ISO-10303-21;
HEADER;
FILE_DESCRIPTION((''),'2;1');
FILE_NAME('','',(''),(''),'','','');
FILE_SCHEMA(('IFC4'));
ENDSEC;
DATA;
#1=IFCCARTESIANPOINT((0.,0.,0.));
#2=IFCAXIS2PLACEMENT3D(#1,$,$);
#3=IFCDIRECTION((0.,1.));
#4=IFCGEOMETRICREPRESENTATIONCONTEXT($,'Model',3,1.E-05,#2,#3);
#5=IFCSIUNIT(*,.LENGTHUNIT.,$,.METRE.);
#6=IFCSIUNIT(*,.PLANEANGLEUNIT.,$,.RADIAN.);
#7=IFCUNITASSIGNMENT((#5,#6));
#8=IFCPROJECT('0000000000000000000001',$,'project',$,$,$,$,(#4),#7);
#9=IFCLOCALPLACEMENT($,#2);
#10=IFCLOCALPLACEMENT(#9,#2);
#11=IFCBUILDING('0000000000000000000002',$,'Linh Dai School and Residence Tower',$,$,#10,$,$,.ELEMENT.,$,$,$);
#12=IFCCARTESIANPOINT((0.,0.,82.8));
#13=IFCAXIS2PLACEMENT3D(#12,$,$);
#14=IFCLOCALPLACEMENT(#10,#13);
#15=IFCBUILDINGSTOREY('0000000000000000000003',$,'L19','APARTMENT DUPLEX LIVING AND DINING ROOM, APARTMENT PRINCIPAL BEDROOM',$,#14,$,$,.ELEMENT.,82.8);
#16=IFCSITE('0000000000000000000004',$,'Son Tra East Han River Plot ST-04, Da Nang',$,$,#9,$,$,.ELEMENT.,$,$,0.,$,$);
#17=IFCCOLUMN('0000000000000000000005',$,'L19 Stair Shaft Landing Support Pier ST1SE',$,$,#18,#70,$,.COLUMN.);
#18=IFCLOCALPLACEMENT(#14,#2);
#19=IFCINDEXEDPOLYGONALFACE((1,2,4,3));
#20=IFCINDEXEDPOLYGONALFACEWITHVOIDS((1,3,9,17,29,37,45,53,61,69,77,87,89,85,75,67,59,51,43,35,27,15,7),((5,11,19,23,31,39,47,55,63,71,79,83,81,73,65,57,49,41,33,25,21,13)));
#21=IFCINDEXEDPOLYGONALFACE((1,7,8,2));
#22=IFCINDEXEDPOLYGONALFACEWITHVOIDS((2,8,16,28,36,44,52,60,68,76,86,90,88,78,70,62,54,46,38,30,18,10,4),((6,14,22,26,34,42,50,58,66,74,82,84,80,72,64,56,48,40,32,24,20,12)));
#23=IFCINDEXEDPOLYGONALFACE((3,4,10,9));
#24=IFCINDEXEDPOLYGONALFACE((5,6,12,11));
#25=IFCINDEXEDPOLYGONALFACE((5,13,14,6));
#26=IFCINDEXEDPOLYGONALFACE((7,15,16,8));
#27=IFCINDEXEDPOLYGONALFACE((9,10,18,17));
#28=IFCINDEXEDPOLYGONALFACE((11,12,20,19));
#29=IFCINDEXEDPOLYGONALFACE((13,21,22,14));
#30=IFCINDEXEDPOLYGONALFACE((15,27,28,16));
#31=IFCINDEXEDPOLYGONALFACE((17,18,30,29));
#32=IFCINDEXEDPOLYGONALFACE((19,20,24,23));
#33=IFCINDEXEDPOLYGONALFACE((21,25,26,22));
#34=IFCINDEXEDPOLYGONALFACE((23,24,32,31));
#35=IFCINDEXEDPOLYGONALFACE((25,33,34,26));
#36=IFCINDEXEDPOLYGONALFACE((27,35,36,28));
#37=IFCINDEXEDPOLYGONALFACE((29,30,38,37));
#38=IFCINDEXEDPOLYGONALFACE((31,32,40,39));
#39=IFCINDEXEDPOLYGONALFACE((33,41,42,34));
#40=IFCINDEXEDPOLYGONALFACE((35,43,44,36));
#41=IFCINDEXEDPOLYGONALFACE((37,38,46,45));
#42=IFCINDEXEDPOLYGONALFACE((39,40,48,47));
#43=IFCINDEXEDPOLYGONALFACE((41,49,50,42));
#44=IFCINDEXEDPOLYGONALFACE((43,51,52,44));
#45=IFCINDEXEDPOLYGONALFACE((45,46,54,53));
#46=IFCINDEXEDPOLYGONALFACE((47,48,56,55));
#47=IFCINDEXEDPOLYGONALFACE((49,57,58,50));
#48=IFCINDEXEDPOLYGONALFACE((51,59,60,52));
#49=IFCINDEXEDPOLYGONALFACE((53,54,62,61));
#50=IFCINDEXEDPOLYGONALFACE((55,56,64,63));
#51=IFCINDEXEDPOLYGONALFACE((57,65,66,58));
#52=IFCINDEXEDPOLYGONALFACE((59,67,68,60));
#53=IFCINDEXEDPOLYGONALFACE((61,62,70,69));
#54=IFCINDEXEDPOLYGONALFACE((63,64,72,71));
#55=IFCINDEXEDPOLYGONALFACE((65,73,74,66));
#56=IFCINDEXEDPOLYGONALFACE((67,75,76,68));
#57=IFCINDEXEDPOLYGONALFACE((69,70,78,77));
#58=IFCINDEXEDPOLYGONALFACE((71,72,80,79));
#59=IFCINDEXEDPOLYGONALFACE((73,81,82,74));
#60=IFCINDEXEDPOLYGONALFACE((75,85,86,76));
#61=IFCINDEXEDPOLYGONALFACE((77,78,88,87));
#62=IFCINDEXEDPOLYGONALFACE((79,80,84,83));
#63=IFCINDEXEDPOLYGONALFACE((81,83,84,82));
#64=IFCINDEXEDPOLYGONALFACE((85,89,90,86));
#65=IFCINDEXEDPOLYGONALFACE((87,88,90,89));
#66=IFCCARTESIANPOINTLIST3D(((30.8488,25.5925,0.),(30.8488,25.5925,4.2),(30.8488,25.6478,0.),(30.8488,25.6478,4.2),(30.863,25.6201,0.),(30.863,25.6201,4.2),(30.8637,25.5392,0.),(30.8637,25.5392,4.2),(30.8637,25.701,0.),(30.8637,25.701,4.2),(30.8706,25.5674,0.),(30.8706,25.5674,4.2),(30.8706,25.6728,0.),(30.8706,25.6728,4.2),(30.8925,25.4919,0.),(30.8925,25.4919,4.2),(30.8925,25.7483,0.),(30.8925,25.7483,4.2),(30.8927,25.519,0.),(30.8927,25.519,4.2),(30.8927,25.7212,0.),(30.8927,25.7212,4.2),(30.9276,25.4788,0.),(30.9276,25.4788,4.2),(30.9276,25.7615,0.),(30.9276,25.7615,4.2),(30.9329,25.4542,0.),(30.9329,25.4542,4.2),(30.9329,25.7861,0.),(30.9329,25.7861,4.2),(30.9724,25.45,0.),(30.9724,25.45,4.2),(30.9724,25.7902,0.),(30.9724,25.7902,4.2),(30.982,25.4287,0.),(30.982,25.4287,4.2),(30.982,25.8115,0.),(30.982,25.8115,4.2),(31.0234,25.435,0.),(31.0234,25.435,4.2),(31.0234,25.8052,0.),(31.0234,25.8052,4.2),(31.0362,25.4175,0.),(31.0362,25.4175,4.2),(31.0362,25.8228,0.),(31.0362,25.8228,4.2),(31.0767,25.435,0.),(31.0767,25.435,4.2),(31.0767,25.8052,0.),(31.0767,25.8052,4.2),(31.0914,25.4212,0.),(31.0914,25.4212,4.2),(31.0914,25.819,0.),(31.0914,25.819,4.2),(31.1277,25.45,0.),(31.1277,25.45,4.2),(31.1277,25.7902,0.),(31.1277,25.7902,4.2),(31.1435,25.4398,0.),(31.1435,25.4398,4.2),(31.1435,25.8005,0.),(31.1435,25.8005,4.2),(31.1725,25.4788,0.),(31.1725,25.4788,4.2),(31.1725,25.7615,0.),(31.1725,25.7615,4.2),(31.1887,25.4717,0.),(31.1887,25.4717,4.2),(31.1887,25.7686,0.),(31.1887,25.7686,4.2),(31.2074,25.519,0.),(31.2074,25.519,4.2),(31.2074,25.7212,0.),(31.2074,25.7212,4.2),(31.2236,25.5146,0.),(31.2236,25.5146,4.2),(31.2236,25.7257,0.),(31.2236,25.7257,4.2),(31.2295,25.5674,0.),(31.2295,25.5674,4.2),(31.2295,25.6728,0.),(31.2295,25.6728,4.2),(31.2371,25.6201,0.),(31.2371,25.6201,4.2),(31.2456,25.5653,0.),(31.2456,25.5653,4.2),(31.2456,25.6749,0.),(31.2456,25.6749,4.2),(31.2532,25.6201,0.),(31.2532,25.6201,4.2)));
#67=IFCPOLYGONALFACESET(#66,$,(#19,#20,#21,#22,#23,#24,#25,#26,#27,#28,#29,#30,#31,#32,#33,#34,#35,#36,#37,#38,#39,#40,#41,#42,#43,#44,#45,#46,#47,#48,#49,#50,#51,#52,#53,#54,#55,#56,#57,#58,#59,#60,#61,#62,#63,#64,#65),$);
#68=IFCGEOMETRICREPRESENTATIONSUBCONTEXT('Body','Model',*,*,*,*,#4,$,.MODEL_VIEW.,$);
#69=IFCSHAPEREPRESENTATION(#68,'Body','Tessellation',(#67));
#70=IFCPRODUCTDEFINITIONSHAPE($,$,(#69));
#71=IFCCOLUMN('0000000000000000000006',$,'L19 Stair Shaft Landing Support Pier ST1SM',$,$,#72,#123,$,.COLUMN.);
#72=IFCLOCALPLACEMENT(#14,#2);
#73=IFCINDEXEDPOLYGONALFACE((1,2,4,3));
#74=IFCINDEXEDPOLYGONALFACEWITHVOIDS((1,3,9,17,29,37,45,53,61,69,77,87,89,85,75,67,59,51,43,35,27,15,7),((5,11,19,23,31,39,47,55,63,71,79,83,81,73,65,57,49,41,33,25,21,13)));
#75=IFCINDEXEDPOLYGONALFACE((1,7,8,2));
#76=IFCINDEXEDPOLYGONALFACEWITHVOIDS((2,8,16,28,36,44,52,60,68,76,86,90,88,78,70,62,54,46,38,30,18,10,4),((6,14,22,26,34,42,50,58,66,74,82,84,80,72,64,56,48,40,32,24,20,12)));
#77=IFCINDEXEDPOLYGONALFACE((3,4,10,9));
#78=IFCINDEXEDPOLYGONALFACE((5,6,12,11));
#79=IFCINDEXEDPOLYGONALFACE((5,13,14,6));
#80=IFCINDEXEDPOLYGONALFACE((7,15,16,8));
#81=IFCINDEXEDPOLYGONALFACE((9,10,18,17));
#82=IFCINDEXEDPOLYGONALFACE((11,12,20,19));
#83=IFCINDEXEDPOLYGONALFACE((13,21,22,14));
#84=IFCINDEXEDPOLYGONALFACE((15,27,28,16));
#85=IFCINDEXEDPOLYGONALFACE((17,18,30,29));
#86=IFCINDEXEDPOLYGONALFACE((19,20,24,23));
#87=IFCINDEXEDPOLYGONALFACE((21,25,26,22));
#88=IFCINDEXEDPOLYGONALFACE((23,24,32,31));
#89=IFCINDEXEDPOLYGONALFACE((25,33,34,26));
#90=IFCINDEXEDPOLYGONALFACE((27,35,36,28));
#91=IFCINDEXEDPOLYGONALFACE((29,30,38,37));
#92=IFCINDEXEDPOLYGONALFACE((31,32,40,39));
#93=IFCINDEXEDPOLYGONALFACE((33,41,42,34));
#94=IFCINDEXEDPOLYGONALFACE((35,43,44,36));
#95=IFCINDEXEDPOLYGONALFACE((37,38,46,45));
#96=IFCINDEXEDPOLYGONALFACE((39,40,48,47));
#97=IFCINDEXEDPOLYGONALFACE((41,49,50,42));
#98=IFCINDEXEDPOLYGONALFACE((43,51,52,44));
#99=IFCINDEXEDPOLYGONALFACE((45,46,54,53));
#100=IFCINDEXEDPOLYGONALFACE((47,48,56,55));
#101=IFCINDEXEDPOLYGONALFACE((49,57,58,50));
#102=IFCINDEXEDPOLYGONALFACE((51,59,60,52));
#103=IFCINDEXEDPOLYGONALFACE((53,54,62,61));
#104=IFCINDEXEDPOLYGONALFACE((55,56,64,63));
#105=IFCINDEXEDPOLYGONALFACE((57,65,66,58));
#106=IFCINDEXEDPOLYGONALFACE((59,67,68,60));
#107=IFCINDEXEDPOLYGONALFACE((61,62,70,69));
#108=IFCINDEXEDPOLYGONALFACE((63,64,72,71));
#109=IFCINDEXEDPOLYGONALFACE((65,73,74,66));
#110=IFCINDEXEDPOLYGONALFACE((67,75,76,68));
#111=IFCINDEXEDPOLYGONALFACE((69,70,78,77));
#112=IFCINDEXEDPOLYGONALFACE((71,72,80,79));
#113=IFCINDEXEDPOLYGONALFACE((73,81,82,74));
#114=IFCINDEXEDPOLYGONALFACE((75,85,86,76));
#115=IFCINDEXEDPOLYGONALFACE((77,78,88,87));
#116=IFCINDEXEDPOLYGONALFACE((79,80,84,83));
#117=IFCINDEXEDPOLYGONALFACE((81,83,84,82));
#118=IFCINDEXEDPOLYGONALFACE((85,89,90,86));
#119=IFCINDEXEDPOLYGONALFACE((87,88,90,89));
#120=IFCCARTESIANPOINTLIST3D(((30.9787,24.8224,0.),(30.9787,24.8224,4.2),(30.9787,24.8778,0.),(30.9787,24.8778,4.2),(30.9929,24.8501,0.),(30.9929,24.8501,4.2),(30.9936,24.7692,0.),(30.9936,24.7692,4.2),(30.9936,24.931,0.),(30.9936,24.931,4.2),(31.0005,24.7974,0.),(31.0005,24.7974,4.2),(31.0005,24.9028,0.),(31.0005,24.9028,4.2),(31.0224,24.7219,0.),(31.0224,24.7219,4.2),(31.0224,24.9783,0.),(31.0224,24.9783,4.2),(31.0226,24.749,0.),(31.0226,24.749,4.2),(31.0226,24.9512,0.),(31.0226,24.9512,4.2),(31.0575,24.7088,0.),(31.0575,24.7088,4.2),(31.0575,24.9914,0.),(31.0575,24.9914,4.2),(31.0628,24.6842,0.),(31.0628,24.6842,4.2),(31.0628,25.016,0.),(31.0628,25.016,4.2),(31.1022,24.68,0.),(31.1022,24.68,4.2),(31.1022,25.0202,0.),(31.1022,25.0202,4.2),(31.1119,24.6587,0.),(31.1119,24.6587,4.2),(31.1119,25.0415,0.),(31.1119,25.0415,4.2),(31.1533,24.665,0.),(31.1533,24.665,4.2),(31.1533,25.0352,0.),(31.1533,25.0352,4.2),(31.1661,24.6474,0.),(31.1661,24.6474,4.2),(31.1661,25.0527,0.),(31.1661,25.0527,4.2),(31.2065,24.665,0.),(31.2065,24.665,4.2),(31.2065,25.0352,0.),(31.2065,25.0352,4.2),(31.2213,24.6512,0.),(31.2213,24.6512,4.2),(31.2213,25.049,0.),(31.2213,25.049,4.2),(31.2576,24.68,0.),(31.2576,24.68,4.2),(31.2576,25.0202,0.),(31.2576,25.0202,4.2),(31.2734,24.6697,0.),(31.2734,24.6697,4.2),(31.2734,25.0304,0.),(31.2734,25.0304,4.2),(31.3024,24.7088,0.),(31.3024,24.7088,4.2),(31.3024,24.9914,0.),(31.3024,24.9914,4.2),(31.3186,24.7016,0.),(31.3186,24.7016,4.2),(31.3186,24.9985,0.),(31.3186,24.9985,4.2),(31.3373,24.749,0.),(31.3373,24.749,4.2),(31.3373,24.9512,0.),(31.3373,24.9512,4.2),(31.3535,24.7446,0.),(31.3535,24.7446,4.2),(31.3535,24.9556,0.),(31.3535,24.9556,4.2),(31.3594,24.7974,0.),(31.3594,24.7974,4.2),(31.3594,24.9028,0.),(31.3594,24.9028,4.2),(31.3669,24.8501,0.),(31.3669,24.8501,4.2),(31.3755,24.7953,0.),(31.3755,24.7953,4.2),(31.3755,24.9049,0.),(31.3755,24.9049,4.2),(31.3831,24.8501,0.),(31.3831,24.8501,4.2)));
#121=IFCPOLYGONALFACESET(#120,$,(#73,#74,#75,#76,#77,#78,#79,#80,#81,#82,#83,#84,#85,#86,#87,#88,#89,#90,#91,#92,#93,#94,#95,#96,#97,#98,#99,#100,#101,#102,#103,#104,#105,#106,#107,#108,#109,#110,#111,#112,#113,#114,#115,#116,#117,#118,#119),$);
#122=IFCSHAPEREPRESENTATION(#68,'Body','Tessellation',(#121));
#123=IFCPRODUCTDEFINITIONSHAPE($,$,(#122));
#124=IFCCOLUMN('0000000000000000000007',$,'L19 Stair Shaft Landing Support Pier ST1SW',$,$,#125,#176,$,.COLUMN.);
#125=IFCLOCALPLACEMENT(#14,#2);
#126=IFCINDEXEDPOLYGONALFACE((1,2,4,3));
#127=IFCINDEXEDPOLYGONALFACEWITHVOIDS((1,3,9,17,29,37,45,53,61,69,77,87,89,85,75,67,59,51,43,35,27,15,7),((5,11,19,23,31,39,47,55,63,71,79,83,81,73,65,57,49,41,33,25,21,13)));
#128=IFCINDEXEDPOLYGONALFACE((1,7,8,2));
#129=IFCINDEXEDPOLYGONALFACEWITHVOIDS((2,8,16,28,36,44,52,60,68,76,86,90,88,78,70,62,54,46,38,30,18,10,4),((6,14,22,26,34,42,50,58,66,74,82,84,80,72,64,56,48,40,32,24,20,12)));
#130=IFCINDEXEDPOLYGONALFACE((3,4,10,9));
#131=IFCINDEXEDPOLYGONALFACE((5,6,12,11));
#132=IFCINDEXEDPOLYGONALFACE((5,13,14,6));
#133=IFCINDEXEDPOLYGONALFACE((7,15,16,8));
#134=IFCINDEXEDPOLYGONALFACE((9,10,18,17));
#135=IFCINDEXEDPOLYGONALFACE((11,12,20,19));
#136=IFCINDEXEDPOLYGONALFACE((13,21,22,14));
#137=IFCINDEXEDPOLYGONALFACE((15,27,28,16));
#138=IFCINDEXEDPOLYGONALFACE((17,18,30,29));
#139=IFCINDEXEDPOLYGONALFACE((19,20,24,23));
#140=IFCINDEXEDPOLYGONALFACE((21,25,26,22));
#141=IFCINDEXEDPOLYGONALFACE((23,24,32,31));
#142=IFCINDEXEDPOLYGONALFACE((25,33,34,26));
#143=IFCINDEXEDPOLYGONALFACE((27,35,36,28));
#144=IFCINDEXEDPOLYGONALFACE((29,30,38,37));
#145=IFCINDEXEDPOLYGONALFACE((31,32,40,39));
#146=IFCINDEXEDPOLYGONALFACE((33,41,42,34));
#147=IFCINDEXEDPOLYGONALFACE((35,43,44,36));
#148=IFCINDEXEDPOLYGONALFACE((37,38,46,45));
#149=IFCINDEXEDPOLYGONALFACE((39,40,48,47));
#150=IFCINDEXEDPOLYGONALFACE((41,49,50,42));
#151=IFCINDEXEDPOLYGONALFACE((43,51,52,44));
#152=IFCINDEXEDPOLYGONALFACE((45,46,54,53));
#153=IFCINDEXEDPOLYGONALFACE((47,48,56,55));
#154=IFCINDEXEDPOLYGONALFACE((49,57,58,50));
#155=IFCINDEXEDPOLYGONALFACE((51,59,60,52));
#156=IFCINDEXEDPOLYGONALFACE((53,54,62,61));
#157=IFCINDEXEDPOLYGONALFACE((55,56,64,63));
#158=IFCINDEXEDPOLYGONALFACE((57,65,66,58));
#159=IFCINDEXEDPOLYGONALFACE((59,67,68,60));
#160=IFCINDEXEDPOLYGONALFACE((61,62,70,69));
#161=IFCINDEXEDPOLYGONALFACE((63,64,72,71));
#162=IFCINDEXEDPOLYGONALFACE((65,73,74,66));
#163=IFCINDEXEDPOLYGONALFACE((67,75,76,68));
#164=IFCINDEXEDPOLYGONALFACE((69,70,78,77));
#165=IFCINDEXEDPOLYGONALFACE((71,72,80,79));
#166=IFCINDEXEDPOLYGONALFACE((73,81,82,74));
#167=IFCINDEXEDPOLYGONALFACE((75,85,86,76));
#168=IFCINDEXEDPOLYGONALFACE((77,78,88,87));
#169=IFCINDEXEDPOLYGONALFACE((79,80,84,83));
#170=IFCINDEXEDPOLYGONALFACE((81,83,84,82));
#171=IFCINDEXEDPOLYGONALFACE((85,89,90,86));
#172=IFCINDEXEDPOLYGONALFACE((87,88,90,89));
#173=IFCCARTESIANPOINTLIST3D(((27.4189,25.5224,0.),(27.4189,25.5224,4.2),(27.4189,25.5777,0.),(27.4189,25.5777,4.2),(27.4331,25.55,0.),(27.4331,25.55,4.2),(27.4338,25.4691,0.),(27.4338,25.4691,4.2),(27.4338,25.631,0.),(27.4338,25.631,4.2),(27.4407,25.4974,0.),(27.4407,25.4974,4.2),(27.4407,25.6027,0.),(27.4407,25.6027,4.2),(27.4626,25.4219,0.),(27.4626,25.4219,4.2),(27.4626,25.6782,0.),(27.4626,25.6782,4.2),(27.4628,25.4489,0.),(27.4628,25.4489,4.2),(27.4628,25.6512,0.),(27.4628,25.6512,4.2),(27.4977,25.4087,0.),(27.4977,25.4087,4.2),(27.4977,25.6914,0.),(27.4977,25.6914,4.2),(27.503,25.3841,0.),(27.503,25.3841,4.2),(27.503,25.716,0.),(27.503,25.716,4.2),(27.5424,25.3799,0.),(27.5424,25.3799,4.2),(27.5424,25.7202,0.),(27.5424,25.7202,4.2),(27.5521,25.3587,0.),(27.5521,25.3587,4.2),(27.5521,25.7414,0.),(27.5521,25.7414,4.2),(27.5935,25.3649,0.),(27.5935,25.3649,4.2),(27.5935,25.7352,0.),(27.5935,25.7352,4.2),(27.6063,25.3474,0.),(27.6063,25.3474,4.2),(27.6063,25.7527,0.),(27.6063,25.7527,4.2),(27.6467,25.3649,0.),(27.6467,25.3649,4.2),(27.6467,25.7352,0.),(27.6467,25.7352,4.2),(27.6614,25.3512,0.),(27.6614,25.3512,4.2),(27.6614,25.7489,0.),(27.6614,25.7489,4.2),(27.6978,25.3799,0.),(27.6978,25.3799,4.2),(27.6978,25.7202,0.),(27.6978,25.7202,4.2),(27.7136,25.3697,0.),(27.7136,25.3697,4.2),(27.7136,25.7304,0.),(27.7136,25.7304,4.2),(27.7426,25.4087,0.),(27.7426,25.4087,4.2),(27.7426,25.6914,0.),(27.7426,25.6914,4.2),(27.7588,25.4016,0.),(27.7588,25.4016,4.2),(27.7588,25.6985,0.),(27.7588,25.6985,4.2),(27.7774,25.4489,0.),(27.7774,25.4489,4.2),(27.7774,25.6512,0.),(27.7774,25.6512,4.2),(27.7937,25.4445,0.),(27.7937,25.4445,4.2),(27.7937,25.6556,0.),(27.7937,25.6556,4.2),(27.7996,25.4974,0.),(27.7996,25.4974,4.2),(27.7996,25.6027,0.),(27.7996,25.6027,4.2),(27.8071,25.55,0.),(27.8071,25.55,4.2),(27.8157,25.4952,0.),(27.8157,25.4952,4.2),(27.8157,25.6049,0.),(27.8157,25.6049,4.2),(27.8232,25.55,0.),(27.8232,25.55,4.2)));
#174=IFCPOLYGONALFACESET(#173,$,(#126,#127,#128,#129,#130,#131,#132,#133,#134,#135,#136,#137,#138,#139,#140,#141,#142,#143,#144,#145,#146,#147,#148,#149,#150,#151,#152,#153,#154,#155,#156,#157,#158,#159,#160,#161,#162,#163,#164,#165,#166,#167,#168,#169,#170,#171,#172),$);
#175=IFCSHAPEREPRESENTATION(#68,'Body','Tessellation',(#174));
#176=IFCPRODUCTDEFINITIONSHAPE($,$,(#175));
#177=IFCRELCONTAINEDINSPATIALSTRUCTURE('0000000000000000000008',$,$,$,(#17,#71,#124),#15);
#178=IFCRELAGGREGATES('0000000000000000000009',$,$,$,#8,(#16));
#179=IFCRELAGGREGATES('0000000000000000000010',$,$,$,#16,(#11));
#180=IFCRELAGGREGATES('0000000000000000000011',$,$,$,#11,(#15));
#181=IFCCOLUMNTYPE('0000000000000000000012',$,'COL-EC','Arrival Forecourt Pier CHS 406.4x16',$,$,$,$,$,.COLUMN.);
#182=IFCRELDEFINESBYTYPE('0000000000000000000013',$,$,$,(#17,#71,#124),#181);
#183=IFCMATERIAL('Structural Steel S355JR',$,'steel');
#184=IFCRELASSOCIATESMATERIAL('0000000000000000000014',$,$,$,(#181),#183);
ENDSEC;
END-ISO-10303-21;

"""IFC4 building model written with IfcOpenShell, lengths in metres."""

from ifc_helpers import new_model, si_unit, direction, frame, origin, origin_2d, place, context, subcontext, project, spatial, hollow_circle, extrude, material, material_profile, profile_set, type_object, element, save


model = new_model("IFC4")

# Units and contexts
model_context = context("Model", 3, precision=1e-05, world=origin(), true_north=direction((0.0, 1.0)))
body_context = subcontext(model_context, "Body", "Model", "MODEL_VIEW")
ifc_project = project(units=[si_unit("LENGTHUNIT", "METRE"), si_unit("PLANEANGLEUNIT", "RADIAN")], contexts=[model_context])

# Site, building, storey
site_placement = place(None, origin())
site = spatial("IfcSite", under=ifc_project, at=site_placement, Name="Son Tra East Han River Plot ST-04, Da Nang", CompositionType="ELEMENT", RefElevation=0.0)
building_placement = place(site_placement, origin())
building = spatial("IfcBuilding", under=site, at=building_placement, Name="Linh Dai School and Residence Tower", CompositionType="ELEMENT")
storey_placement = place(building_placement, frame((0.0, 0.0, 82.8)))
storey = spatial("IfcBuildingStorey", under=building, at=storey_placement, Name="L19", Description="APARTMENT DUPLEX LIVING AND DINING ROOM, APARTMENT PRINCIPAL BEDROOM", CompositionType="ELEMENT", Elevation=82.8)

# Columns
ifc_material_1 = material(Name="Structural Steel S355JR", Category="steel")
ifc_material_profile_1 = material_profile(ifc_material_1, hollow_circle(Radius=0.2031, WallThickness=0.0161, at=origin_2d()), Name="CHS 406.4x16")
ifc_profile_set_1 = profile_set([ifc_material_profile_1], Name="Structural Steel S355JR")
column_type = type_object("IfcColumnType", Name="COL-EC", Description="Arrival Forecourt Pier CHS 406.4x16", PredefinedType="COLUMN", material=ifc_profile_set_1)
for number, where, z_axis, x_axis, name in (
    (1, (31.05, 25.6201, 0.0), (0.0, 0.0, 1.0), (1.0, 0.0, 0.0), "L19 Stair Shaft Landing Support Pier ST1SE"),
    (2, (31.1799, 24.8501, 0.0), (0.0, 0.0, 1.0), (1.0, 0.0, 0.0), "L19 Stair Shaft Landing Support Pier ST1SM"),
    (3, (27.6201, 25.55, 0.0), (0.0, 0.0, 1.0), (1.0, 0.0, 0.0), "L19 Stair Shaft Landing Support Pier ST1SW"),
):
    element("IfcColumn", number, at=place(storey_placement, frame(where, z_axis=z_axis, x_axis=x_axis)), inside=storey, type_object=column_type, Name=name, PredefinedType="COLUMN", context=body_context, shape_type="SweptSolid", body=[
        extrude(hollow_circle(Radius=0.2031, WallThickness=0.0161, at=origin_2d()), origin(), (0.0, 0.0, 1.0), 4.2),
    ])

save(model, "model.ifc")
